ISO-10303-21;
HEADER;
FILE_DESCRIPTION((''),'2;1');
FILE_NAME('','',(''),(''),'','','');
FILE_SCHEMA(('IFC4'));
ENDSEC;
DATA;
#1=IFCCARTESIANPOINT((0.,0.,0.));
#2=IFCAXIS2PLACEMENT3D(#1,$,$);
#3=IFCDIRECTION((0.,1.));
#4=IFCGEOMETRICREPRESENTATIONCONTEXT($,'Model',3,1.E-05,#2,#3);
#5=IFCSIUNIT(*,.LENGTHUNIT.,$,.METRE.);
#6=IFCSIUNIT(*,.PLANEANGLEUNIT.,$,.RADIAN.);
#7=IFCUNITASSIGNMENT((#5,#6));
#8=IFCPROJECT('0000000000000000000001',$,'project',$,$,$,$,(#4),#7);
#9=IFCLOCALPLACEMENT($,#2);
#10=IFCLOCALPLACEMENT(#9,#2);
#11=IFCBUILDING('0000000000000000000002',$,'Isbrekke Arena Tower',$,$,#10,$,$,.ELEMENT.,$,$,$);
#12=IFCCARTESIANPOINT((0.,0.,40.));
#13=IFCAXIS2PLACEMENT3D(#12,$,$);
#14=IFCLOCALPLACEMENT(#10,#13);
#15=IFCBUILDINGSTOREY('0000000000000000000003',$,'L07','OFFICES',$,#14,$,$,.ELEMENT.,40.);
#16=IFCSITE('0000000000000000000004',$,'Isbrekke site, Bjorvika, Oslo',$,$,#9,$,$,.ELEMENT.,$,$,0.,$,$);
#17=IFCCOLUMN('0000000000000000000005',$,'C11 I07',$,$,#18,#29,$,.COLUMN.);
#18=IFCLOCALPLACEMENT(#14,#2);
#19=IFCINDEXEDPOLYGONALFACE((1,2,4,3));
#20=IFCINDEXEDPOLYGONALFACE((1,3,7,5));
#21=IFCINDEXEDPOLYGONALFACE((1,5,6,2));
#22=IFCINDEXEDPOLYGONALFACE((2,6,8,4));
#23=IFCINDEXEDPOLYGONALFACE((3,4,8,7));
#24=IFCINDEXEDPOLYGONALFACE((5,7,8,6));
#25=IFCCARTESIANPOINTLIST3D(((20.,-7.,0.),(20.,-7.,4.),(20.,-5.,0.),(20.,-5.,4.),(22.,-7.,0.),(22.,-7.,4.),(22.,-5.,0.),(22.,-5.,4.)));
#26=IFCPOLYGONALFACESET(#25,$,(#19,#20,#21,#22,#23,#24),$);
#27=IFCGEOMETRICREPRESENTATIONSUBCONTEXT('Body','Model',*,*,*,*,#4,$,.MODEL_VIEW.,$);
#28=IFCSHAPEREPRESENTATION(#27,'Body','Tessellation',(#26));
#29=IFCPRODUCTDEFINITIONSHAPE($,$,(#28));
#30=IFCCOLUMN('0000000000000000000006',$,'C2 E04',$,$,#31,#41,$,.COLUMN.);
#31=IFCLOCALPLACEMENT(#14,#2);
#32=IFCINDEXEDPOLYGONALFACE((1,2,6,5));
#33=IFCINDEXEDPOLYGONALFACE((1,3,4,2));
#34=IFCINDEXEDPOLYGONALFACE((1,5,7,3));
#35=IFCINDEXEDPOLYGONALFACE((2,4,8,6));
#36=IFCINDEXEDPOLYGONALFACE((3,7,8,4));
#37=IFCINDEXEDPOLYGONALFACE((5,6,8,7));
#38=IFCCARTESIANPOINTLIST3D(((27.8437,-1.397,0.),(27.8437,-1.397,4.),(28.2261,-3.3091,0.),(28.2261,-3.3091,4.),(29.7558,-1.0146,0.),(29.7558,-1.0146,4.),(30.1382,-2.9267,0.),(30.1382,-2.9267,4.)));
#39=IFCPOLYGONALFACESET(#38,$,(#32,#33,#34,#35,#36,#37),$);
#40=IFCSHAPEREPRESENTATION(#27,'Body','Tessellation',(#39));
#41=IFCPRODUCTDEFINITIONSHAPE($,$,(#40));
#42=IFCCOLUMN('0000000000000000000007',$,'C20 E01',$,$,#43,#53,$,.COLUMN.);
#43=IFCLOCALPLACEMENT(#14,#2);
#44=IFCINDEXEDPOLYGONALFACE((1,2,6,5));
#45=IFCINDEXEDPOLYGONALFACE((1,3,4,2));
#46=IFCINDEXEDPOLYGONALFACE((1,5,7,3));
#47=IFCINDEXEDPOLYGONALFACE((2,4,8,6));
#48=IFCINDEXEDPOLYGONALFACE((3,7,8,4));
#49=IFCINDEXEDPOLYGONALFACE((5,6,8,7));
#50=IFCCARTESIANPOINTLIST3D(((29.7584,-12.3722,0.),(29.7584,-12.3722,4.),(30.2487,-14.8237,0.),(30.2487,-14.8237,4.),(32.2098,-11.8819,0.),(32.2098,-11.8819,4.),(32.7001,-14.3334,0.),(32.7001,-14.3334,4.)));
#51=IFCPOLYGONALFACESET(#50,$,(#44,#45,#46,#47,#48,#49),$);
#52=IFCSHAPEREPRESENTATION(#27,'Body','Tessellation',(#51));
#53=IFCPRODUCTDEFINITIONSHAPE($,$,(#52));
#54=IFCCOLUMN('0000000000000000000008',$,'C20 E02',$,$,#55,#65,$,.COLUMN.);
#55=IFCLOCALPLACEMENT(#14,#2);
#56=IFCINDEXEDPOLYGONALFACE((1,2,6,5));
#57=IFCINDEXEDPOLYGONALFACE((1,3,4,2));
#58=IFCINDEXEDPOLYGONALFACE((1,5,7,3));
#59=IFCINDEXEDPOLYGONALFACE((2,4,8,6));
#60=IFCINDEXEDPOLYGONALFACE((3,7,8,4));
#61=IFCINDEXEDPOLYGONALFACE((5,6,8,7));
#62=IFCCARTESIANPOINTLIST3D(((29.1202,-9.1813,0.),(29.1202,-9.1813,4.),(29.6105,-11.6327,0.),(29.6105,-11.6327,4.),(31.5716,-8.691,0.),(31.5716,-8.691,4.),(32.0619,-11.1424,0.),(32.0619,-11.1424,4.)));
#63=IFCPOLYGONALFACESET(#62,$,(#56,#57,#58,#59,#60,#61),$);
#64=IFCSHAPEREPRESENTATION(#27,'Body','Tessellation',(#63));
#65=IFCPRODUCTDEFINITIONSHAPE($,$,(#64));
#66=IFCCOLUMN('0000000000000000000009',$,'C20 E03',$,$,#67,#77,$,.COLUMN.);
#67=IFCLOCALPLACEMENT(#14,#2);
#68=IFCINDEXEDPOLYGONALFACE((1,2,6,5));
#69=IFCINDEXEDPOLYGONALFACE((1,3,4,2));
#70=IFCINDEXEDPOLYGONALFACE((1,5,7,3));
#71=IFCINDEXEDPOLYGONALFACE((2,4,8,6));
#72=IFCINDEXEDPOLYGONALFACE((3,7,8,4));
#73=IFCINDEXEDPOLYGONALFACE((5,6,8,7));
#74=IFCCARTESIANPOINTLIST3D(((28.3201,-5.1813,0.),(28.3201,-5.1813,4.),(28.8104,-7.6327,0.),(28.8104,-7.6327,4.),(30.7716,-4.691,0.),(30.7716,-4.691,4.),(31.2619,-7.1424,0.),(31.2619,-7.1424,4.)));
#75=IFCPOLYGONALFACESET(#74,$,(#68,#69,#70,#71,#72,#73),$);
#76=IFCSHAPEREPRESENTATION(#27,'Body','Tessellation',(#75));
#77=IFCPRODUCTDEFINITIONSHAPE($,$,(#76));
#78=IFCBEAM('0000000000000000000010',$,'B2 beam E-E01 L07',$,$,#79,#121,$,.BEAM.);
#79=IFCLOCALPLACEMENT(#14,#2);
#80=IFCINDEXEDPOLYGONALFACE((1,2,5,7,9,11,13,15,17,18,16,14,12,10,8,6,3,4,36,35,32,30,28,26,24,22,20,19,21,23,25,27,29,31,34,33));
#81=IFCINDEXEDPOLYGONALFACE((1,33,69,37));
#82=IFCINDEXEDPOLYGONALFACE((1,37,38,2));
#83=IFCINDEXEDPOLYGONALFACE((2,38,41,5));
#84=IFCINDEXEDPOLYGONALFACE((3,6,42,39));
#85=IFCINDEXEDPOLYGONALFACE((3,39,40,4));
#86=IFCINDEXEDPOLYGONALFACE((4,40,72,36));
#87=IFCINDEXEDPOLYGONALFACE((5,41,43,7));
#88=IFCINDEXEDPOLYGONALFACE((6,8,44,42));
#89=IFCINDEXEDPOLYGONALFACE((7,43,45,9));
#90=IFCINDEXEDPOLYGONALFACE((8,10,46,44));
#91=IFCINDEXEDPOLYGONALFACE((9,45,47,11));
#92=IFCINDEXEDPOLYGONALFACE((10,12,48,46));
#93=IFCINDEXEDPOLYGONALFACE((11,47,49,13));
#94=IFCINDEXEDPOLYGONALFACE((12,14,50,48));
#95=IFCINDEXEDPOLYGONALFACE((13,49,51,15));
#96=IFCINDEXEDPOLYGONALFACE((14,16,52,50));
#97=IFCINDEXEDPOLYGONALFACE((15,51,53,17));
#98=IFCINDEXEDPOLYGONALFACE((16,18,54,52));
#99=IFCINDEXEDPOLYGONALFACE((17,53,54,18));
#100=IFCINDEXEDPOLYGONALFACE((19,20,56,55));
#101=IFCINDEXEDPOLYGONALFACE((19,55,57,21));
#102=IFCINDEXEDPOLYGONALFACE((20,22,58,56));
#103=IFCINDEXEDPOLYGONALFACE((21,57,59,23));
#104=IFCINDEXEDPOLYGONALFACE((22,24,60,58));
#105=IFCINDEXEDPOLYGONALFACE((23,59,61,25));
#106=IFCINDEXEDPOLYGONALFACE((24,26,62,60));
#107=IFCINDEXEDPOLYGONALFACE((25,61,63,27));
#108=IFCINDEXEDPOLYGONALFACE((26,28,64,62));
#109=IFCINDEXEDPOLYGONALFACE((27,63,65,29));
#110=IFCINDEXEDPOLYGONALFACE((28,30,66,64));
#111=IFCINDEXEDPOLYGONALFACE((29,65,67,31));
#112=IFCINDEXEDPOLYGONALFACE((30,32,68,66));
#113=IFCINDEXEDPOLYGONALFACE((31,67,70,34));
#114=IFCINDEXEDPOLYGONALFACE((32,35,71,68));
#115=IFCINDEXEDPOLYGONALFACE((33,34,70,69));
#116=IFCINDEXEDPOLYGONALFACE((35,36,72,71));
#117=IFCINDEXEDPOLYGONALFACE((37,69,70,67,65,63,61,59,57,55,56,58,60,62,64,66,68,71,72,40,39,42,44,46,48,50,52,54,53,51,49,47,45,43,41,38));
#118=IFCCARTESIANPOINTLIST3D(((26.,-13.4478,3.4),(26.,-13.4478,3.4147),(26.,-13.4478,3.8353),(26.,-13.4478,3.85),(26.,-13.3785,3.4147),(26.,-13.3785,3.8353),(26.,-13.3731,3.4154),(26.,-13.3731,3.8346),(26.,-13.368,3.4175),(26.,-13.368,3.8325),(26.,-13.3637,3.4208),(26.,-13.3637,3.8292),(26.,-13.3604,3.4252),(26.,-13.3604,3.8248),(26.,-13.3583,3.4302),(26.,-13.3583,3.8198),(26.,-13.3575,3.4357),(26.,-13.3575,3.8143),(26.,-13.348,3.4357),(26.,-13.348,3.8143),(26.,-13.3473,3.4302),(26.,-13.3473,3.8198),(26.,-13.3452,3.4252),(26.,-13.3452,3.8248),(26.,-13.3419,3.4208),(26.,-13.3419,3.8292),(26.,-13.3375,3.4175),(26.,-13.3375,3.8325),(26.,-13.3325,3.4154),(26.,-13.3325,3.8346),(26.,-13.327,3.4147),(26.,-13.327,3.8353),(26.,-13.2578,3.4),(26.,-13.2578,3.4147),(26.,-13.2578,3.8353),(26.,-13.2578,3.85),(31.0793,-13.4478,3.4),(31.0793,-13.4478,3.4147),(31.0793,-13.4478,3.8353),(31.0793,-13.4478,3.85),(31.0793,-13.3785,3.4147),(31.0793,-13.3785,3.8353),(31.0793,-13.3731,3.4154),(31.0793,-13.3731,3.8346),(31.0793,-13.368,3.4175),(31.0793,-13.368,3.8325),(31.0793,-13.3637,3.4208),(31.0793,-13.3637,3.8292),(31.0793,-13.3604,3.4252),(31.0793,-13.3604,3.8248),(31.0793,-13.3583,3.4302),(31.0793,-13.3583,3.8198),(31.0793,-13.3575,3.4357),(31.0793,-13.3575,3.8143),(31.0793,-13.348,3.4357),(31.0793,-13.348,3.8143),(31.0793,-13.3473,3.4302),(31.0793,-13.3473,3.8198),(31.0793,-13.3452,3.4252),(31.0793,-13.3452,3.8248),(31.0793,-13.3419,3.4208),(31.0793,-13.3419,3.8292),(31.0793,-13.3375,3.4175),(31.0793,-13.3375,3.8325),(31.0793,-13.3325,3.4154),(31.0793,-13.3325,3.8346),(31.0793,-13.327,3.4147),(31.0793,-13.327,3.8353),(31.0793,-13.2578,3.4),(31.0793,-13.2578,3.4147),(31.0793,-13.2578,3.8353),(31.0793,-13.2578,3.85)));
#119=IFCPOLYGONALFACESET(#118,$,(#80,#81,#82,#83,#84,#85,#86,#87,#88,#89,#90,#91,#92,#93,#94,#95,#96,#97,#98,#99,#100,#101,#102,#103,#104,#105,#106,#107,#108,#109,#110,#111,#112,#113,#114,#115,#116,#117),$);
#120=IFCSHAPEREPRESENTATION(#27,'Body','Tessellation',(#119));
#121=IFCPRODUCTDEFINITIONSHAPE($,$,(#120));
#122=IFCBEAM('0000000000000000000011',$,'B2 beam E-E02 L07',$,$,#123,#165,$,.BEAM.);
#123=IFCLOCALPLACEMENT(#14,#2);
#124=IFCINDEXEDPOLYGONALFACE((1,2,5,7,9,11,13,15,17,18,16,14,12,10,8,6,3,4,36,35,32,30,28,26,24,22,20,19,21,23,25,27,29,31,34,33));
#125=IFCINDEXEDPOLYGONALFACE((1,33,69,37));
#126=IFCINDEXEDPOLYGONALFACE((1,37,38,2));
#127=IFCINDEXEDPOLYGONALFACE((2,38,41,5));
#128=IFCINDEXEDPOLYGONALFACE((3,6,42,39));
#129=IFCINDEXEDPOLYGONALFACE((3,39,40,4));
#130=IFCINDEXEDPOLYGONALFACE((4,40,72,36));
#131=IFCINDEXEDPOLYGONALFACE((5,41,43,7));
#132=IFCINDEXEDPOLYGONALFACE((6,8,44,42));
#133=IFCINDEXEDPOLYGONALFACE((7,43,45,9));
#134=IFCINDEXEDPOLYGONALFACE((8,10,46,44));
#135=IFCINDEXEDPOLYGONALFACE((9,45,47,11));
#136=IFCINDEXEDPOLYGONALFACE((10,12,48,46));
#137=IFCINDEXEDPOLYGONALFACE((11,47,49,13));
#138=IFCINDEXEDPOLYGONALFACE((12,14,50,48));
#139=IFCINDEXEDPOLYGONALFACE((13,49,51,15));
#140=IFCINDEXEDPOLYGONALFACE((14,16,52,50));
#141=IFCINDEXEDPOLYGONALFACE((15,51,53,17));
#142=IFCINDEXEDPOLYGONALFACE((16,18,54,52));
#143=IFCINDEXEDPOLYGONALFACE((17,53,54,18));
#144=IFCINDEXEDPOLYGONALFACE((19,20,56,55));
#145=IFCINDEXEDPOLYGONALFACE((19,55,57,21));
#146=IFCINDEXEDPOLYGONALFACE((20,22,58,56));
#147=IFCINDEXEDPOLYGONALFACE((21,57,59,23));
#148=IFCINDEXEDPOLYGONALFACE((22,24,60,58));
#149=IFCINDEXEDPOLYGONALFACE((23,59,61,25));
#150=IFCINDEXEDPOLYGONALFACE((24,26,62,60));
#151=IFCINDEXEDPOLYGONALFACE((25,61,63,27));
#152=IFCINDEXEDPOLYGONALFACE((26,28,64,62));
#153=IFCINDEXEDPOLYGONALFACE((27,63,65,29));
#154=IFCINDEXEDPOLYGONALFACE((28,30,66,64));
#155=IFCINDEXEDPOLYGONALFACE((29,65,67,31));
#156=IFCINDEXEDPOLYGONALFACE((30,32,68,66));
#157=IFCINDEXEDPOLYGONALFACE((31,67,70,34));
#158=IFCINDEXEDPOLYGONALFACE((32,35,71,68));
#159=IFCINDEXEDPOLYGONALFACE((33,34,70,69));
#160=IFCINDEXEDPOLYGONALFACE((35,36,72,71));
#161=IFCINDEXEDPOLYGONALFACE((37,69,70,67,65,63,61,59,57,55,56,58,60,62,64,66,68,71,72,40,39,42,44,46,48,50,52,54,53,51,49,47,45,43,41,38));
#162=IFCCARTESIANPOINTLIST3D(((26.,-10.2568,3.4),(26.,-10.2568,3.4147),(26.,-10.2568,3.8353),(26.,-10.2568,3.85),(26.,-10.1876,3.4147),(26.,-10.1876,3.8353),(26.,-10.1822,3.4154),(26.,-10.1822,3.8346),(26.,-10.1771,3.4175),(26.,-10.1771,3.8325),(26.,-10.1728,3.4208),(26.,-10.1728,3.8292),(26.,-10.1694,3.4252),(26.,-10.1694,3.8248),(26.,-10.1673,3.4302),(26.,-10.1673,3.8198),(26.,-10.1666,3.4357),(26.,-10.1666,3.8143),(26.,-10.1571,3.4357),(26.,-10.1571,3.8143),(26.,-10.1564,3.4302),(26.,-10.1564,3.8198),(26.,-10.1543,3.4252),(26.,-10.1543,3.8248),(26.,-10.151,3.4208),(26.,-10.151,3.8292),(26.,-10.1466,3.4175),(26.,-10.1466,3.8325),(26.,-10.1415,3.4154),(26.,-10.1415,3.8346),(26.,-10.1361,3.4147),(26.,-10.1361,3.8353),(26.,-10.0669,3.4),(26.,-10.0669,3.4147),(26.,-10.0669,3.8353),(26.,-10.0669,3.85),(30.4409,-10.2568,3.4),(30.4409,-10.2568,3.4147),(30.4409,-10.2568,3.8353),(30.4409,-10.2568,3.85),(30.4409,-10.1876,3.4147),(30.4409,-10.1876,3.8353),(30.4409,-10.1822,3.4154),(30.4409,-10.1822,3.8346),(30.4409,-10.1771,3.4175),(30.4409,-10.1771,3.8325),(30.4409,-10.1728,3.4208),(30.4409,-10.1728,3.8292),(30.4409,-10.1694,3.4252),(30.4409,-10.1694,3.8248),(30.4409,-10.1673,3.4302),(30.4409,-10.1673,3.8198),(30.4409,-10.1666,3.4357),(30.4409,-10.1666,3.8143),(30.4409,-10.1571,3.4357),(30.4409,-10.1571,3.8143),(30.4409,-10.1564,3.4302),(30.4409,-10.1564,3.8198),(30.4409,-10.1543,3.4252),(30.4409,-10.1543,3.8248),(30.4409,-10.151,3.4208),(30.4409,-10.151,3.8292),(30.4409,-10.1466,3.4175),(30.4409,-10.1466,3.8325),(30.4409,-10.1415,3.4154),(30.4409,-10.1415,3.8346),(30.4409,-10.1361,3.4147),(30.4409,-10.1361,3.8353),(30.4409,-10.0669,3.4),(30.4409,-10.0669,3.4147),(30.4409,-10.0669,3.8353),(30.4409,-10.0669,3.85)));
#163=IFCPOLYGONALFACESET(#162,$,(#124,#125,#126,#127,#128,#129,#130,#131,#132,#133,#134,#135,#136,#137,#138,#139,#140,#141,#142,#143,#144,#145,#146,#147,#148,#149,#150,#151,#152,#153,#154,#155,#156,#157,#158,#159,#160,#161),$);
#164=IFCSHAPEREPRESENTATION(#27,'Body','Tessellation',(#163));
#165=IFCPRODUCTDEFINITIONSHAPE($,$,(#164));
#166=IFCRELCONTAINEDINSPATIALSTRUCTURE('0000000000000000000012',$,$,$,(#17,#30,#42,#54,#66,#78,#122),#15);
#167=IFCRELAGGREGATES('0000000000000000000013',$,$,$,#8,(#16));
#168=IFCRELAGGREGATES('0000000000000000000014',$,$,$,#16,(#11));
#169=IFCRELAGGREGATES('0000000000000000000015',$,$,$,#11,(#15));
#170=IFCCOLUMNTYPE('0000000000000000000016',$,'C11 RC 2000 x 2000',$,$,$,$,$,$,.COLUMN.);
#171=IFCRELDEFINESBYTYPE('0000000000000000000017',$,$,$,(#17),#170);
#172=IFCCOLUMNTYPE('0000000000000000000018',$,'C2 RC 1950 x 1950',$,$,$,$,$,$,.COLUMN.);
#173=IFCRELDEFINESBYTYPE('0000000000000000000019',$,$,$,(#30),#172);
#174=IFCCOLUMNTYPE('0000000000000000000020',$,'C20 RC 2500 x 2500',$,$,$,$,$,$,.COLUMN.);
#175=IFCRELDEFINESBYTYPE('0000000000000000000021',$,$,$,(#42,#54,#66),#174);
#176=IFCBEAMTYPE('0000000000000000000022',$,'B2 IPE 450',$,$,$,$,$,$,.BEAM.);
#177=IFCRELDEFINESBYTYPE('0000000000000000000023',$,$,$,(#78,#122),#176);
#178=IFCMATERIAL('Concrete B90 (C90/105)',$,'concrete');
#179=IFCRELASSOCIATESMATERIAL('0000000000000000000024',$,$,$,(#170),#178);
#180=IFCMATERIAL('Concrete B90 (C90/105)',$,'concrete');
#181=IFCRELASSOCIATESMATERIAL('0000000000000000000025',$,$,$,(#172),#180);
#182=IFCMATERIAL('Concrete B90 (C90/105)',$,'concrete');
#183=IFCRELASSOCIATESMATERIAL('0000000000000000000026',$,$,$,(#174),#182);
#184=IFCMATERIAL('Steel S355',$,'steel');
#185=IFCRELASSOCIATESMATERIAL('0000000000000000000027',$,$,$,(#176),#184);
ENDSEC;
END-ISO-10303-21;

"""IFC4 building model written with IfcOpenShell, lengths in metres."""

from ifc_helpers import new_model, si_unit, direction, frame, origin, origin_2d, place, context, subcontext, project, spatial, rectangle, i_section, extrude, material, material_profile, profile_set, type_object, element, save


model = new_model("IFC4")

# Units and contexts
model_context = context("Model", 3, precision=1e-05, world=origin(), true_north=direction((0.0, 1.0)))
body_context = subcontext(model_context, "Body", "Model", "MODEL_VIEW")
ifc_project = project(units=[si_unit("LENGTHUNIT", "METRE"), si_unit("PLANEANGLEUNIT", "RADIAN")], contexts=[model_context])

# Site, building, storey
site_placement = place(None, origin())
site = spatial("IfcSite", under=ifc_project, at=site_placement, Name="Isbrekke site, Bjorvika, Oslo", CompositionType="ELEMENT", RefElevation=0.0)
building_placement = place(site_placement, origin())
building = spatial("IfcBuilding", under=site, at=building_placement, Name="Isbrekke Arena Tower", CompositionType="ELEMENT")
storey_placement = place(building_placement, frame((0.0, 0.0, 40.0)))
storey = spatial("IfcBuildingStorey", under=building, at=storey_placement, Name="L07", Description="OFFICES", CompositionType="ELEMENT", Elevation=40.0)

# Columns
ifc_material_1 = material(Name="Concrete B90 (C90/105)", Category="concrete")
ifc_material_profile_1 = material_profile(ifc_material_1, rectangle(XDim=2.0, YDim=2.0, at=origin_2d()), Name="RC 2000x2000")
ifc_profile_set_1 = profile_set([ifc_material_profile_1], Name="Concrete B90 (C90/105)")
column_type_1 = type_object("IfcColumnType", Name="C11 RC 2000 x 2000", PredefinedType="COLUMN", material=ifc_profile_set_1)
column_1_placement = place(storey_placement, frame((21.0, -6.0, 0.0), z_axis=(0.0, 0.0, 1.0), x_axis=(1.0, 0.0, 0.0)))
element("IfcColumn", 1, at=column_1_placement, inside=storey, type_object=column_type_1, Name="C11 I07", PredefinedType="COLUMN", context=body_context, shape_type="SweptSolid", body=[
    extrude(rectangle(XDim=2.0, YDim=2.0, at=origin_2d()), origin(), (0.0, 0.0, 1.0), 4.0),
])
ifc_material_2 = material(Name="Concrete B90 (C90/105)", Category="concrete")
ifc_material_profile_2 = material_profile(ifc_material_2, rectangle(XDim=1.95, YDim=1.95, at=origin_2d()), Name="RC 1950x1950")
ifc_profile_set_2 = profile_set([ifc_material_profile_2], Name="Concrete B90 (C90/105)")
column_type_2 = type_object("IfcColumnType", Name="C2 RC 1950 x 1950", PredefinedType="COLUMN", material=ifc_profile_set_2)
column_2_placement = place(storey_placement, frame((28.991, -2.1619, 0.0), z_axis=(0.0, 0.0, 1.0), x_axis=(-0.196116, 0.980581, 0.0)))
element("IfcColumn", 2, at=column_2_placement, inside=storey, type_object=column_type_2, Name="C2 E04", PredefinedType="COLUMN", context=body_context, shape_type="SweptSolid", body=[
    extrude(rectangle(XDim=1.95, YDim=1.95, at=origin_2d()), origin(), (0.0, 0.0, 1.0), 4.0),
])
ifc_material_3 = material(Name="Concrete B90 (C90/105)", Category="concrete")
ifc_material_profile_3 = material_profile(ifc_material_3, rectangle(XDim=2.5, YDim=2.5, at=origin_2d()), Name="RC 2500x2500")
ifc_profile_set_3 = profile_set([ifc_material_profile_3], Name="Concrete B90 (C90/105)")
column_type_3 = type_object("IfcColumnType", Name="C20 RC 2500 x 2500", PredefinedType="COLUMN", material=ifc_profile_set_3)
for number, where, z_axis, x_axis, name in (
    (3, (31.2292, -13.3528, 0.0), (0.0, 0.0, 1.0), (-0.196116, 0.980581, 0.0), "C20 E01"),
    (4, (30.5911, -10.1619, 0.0), (0.0, 0.0, 1.0), (-0.196116, 0.980581, 0.0), "C20 E02"),
    (5, (29.791, -6.1619, 0.0), (0.0, 0.0, 1.0), (-0.196116, 0.980581, 0.0), "C20 E03"),
):
    element("IfcColumn", number, at=place(storey_placement, frame(where, z_axis=z_axis, x_axis=x_axis)), inside=storey, type_object=column_type_3, Name=name, PredefinedType="COLUMN", context=body_context, shape_type="SweptSolid", body=[
        extrude(rectangle(XDim=2.5, YDim=2.5, at=origin_2d()), origin(), (0.0, 0.0, 1.0), 4.0),
    ])

# Beams
ifc_material_4 = material(Name="Steel S355", Category="steel")
ifc_material_profile_4 = material_profile(ifc_material_4, i_section(OverallWidth=0.1899, OverallDepth=0.45, WebThickness=0.0095, FlangeThickness=0.0146, FilletRadius=0.021, at=origin_2d()), Name="IPE 450")
ifc_profile_set_4 = profile_set([ifc_material_profile_4], Name="Steel S355")
beam_type_1 = type_object("IfcBeamType", Name="B2 IPE 450", PredefinedType="BEAM", material=ifc_profile_set_4)
beam_1_placement = place(storey_placement, frame((31.0793, -13.3528, 3.625), z_axis=(-1.0, 0.0, 0.0), x_axis=(0.0, -1.0, 0.0)))
element("IfcBeam", 6, at=beam_1_placement, inside=storey, type_object=beam_type_1, Name="B2 beam E-E01 L07", PredefinedType="BEAM", context=body_context, shape_type="SweptSolid", body=[
    extrude(i_section(OverallWidth=0.1899, OverallDepth=0.45, WebThickness=0.0095, FlangeThickness=0.0146, FilletRadius=0.021, at=origin_2d()), origin(), (0.0, 0.0, 1.0), 5.0793),
])
beam_2_placement = place(storey_placement, frame((30.4409, -10.1619, 3.625), z_axis=(-1.0, 0.0, 0.0), x_axis=(0.0, -1.0, 0.0)))
element("IfcBeam", 7, at=beam_2_placement, inside=storey, type_object=beam_type_1, Name="B2 beam E-E02 L07", PredefinedType="BEAM", context=body_context, shape_type="SweptSolid", body=[
    extrude(i_section(OverallWidth=0.1899, OverallDepth=0.45, WebThickness=0.0095, FlangeThickness=0.0146, FilletRadius=0.021, at=origin_2d()), origin(), (0.0, 0.0, 1.0), 4.4409),
])

save(model, "model.ifc")
